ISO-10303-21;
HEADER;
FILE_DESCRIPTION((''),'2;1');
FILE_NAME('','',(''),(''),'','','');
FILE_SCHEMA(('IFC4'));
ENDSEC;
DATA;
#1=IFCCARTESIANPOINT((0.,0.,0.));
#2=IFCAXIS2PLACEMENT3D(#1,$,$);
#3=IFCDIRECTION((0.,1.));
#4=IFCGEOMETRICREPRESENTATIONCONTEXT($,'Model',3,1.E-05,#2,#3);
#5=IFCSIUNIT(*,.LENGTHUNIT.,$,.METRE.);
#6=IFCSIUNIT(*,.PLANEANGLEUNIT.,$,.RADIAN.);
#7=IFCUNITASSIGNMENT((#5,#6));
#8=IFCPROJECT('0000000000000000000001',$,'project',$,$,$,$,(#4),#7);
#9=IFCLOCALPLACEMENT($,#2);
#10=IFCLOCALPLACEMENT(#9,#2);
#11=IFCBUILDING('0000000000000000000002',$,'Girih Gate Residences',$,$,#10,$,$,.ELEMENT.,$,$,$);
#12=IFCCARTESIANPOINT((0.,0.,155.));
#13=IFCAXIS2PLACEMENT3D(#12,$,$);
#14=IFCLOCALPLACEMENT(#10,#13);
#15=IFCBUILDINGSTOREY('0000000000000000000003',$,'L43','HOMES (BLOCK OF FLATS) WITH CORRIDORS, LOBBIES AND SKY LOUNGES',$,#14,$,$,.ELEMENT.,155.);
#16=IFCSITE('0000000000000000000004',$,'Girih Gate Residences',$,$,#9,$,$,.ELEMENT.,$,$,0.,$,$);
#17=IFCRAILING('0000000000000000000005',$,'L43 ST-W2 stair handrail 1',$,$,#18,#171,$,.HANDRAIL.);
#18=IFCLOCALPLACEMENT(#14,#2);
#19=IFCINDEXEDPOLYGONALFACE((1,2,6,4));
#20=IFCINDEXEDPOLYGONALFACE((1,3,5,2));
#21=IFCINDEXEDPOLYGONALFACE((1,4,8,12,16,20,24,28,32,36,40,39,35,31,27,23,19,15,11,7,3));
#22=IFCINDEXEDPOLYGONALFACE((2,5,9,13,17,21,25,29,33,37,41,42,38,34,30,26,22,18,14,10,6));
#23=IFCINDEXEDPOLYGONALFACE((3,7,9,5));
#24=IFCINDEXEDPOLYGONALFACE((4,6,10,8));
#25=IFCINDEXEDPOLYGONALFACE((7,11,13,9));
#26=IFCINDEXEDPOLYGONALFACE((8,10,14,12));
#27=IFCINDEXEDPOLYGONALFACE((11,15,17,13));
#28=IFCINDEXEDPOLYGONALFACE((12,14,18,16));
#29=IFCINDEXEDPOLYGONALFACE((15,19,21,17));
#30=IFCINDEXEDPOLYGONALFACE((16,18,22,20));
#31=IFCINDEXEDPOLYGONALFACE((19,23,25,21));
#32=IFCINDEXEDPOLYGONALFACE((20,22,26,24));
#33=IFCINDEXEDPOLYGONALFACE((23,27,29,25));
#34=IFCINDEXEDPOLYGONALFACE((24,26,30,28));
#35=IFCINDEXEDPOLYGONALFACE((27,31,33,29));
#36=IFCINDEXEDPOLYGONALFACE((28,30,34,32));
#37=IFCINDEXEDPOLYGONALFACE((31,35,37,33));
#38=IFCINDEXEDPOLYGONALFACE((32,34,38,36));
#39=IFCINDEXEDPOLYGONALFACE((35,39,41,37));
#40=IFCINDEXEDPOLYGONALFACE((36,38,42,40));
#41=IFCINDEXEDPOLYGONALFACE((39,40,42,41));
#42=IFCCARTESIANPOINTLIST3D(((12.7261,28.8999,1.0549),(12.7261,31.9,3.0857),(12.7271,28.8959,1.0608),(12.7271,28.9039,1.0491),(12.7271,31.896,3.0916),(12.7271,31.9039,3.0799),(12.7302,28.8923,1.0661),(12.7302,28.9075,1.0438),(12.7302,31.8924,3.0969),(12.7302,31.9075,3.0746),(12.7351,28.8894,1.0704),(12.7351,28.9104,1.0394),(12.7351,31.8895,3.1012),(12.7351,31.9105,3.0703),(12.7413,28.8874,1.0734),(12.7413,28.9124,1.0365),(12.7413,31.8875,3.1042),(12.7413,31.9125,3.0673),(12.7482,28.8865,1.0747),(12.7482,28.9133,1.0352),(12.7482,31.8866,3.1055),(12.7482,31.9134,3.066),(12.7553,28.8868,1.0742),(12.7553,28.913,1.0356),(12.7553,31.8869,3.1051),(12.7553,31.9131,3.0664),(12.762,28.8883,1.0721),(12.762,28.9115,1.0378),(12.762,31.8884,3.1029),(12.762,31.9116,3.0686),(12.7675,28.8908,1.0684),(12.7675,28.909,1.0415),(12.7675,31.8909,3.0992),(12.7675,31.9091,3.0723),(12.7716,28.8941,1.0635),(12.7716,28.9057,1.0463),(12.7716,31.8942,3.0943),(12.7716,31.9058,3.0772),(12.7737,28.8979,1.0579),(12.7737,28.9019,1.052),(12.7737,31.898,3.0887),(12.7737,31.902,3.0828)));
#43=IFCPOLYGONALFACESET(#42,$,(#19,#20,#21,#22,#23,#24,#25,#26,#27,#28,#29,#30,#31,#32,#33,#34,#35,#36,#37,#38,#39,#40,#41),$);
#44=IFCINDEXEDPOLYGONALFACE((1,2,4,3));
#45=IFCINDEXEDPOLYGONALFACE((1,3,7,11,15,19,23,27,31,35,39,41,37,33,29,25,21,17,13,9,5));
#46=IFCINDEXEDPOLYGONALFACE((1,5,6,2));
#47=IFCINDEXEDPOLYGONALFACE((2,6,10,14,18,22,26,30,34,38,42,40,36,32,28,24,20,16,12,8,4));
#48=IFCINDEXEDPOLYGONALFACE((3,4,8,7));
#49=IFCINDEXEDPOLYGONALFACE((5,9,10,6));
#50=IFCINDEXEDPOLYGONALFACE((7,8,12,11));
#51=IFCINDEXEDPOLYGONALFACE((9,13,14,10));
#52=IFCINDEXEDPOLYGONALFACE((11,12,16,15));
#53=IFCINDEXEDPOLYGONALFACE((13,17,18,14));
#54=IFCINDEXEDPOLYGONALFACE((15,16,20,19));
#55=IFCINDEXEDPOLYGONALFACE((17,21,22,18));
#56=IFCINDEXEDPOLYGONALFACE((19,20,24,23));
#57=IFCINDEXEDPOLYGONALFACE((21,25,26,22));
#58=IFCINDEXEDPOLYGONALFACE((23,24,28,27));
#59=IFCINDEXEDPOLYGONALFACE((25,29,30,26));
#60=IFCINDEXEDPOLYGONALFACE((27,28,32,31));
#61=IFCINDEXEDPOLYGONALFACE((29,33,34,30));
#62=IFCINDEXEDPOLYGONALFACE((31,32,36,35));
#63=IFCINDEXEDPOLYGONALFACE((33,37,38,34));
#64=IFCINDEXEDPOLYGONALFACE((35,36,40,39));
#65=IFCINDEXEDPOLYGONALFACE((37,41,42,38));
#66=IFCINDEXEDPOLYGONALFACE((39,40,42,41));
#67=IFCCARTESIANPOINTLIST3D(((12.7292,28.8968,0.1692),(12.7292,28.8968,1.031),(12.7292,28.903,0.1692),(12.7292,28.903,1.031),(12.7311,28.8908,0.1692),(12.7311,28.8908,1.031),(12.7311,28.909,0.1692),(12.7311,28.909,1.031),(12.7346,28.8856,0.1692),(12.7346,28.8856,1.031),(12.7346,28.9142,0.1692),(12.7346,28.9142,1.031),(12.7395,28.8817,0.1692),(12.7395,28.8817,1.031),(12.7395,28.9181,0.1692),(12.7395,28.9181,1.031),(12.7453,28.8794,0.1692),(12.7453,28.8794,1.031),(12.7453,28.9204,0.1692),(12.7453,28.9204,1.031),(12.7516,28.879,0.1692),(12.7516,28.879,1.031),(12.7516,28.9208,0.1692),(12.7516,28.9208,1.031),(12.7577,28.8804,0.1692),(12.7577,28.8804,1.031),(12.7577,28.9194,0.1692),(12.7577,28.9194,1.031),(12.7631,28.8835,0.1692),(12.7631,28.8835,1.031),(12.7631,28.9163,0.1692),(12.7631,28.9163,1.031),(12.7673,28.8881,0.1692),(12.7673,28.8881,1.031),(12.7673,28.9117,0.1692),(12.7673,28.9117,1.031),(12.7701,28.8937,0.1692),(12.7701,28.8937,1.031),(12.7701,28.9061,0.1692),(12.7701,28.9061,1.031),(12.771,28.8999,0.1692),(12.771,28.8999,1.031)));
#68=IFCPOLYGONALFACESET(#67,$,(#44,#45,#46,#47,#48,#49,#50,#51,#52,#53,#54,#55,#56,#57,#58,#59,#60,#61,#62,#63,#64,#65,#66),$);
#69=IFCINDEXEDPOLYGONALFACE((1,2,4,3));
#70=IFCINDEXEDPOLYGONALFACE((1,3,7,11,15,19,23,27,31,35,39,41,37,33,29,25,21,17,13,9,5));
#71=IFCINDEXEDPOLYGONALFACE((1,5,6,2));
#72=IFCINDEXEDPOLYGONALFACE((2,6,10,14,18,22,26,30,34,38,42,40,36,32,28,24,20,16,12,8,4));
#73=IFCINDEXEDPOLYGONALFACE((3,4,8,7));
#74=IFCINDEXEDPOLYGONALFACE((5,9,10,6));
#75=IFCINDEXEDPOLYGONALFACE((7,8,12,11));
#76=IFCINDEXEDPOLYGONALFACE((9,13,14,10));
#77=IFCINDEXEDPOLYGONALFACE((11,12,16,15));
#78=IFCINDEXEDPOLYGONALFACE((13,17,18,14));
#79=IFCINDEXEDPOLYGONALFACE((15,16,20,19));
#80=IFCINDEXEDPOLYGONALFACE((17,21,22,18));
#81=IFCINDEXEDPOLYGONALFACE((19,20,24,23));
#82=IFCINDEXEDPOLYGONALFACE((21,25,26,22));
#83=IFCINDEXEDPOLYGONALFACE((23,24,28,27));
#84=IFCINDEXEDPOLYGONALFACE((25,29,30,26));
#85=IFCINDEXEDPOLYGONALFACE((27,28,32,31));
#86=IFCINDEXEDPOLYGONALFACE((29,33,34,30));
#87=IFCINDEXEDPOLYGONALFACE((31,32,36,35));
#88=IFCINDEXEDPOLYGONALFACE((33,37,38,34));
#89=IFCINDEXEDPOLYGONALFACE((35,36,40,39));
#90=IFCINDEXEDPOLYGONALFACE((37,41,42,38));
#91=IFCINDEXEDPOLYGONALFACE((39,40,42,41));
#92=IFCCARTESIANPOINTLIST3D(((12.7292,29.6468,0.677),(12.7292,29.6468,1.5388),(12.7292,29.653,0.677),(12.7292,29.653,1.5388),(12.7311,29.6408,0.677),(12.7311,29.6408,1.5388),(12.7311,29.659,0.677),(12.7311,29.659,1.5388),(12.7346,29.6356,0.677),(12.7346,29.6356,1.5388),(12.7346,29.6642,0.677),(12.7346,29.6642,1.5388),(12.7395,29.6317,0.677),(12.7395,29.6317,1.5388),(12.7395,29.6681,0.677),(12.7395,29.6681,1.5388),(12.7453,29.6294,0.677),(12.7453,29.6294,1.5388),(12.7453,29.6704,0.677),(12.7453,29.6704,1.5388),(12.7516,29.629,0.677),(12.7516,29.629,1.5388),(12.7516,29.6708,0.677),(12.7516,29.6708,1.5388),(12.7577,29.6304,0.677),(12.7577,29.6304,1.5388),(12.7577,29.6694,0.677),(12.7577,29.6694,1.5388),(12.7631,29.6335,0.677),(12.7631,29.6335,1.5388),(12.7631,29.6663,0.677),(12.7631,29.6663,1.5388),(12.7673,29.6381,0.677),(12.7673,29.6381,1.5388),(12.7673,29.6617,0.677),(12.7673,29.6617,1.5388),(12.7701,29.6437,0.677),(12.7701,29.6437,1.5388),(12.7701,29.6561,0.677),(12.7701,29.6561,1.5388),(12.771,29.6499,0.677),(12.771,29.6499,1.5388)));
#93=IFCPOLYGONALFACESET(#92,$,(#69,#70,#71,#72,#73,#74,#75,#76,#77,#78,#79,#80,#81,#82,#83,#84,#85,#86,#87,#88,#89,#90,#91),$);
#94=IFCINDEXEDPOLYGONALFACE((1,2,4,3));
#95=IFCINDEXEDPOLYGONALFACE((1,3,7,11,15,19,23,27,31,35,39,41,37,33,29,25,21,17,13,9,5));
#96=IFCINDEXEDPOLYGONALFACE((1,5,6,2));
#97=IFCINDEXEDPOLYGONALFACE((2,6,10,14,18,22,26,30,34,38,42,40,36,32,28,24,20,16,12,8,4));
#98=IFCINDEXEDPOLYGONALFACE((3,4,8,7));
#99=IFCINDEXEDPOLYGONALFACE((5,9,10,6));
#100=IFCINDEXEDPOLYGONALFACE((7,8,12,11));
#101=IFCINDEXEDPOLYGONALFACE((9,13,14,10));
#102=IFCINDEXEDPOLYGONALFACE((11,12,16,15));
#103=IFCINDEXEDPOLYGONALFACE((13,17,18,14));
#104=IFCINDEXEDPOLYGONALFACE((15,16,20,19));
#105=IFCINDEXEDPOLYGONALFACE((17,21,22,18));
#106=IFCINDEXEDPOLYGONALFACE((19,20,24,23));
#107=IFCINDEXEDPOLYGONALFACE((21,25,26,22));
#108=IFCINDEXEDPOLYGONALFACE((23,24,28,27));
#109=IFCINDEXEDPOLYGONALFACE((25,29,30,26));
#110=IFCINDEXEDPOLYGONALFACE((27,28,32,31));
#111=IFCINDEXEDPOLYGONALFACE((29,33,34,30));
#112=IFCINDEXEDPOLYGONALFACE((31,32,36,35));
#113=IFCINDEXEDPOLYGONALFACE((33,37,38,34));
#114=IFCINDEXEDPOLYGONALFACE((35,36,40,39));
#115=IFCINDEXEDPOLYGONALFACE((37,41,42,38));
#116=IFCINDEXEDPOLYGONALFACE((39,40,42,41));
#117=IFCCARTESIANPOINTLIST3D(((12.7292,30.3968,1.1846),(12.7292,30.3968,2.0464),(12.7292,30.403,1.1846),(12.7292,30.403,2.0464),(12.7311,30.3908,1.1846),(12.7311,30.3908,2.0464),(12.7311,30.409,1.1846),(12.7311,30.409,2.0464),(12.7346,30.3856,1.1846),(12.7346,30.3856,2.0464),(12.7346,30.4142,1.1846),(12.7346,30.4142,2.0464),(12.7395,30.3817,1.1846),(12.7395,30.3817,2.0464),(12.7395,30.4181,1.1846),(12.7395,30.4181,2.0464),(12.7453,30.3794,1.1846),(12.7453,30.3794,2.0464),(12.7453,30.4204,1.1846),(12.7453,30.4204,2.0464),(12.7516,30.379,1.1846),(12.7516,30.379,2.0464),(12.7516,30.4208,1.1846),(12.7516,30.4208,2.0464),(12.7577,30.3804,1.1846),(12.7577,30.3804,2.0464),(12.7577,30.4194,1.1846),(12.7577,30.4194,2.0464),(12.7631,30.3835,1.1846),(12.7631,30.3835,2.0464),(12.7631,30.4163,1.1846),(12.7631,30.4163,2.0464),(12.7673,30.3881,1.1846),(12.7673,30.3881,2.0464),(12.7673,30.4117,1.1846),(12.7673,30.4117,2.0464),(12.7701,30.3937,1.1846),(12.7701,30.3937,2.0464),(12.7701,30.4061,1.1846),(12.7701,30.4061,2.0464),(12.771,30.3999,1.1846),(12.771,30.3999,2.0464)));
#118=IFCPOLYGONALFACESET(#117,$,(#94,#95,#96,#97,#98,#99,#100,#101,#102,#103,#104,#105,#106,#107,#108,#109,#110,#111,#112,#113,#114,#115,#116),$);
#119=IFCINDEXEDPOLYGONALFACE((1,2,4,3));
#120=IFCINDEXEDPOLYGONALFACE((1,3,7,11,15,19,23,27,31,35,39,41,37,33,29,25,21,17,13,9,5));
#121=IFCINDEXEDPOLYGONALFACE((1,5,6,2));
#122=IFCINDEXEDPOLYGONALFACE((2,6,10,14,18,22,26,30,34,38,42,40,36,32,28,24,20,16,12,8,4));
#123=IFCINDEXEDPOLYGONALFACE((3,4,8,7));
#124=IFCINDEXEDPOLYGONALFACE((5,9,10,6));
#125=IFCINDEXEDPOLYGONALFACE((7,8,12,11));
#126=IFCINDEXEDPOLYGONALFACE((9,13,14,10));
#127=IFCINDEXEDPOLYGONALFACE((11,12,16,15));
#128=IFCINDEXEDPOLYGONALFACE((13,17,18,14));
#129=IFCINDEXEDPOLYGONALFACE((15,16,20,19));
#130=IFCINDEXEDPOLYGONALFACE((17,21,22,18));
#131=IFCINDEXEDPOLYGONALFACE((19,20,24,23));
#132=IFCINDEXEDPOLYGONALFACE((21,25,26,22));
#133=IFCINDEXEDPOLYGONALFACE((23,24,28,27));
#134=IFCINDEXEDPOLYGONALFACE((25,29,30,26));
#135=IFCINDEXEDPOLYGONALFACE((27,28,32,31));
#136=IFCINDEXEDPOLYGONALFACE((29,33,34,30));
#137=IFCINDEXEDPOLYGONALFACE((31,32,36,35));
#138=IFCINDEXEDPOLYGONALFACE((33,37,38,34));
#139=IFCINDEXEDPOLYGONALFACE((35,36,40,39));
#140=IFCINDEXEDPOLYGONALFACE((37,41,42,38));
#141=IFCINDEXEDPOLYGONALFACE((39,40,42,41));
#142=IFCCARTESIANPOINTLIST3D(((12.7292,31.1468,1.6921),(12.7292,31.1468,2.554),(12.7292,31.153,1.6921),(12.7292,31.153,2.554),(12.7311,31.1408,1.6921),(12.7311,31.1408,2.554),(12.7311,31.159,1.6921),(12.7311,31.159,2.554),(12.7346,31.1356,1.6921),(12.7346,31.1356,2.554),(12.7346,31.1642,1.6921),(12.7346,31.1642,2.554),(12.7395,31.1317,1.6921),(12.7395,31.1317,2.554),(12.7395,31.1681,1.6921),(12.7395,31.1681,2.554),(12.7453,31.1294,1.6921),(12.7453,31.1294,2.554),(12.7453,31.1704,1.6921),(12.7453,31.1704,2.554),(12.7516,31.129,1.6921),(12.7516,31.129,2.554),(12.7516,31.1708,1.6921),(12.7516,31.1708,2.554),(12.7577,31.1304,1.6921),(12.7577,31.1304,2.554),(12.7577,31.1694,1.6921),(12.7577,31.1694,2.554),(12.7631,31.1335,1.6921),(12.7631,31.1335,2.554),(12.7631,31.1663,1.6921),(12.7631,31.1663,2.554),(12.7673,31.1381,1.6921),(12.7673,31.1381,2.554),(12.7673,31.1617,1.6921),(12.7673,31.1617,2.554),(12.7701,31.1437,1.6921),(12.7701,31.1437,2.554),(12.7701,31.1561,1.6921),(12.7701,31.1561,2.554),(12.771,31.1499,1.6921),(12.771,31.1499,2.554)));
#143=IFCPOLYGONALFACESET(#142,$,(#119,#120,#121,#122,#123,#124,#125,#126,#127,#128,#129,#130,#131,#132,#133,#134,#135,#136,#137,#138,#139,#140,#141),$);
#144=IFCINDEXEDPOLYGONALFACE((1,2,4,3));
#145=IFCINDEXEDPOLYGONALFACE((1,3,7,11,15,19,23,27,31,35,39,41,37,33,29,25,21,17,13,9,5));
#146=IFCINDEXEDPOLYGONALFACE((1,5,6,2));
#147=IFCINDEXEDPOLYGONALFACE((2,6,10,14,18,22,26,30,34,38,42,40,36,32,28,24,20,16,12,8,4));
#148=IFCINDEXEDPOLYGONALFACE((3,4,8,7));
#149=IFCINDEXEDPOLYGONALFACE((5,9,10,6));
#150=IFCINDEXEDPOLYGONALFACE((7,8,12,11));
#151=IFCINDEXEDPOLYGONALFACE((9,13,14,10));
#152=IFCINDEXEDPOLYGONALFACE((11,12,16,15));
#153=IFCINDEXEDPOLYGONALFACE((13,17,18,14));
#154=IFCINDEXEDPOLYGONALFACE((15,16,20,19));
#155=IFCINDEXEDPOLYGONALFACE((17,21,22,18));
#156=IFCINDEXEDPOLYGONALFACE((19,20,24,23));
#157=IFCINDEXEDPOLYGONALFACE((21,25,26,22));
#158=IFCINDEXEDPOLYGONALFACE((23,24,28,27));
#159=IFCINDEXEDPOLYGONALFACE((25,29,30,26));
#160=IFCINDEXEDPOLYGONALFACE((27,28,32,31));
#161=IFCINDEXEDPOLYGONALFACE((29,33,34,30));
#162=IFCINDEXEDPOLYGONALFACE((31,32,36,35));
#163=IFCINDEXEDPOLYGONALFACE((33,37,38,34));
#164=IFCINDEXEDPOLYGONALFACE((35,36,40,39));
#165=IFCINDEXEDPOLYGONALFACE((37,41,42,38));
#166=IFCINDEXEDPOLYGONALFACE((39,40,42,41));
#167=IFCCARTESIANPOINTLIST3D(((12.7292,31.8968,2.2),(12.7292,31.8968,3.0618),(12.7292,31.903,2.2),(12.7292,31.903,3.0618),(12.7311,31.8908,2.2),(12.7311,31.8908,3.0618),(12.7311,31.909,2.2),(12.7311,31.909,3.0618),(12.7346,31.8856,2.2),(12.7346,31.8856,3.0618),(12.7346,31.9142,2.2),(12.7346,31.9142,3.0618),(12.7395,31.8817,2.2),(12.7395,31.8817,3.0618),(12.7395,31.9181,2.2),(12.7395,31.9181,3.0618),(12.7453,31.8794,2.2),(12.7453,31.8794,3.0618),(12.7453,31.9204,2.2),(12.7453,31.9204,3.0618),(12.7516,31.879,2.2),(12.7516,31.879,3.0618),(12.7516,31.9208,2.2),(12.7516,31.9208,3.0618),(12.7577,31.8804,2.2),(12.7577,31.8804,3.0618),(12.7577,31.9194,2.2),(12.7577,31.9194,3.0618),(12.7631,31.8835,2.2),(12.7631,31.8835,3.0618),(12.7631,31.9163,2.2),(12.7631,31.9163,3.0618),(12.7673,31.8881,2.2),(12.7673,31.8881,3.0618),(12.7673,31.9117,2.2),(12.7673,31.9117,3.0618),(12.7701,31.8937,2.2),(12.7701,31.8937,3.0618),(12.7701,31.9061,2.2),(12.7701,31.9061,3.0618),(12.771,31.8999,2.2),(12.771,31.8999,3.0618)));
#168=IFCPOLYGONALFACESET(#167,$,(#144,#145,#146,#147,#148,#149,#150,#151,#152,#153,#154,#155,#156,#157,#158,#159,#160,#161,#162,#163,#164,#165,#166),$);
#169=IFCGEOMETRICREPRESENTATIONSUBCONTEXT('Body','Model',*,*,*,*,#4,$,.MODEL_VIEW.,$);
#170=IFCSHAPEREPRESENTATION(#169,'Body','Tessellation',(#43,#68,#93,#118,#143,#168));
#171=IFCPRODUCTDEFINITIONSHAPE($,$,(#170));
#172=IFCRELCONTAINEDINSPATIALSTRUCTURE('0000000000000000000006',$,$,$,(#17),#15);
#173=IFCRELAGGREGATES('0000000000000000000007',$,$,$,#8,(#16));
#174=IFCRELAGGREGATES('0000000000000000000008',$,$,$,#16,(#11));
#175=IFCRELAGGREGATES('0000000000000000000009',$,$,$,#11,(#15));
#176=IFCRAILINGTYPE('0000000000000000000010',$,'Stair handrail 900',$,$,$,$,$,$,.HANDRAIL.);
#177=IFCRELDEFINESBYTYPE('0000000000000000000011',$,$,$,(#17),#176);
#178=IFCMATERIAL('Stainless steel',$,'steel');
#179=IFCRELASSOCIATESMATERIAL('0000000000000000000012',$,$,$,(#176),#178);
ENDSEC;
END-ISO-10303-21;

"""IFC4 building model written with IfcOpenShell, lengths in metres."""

from ifc_helpers import new_model, si_unit, direction, frame, origin, origin_2d, place, context, subcontext, project, spatial, circle, extrude, material, type_object, element, save


model = new_model("IFC4")

# Units and contexts
model_context = context("Model", 3, precision=1e-05, world=origin(), true_north=direction((0.0, 1.0)))
body_context = subcontext(model_context, "Body", "Model", "MODEL_VIEW")
ifc_project = project(units=[si_unit("LENGTHUNIT", "METRE"), si_unit("PLANEANGLEUNIT", "RADIAN")], contexts=[model_context])

# Site, building, storey
site_placement = place(None, origin())
site = spatial("IfcSite", under=ifc_project, at=site_placement, Name="Girih Gate Residences", CompositionType="ELEMENT", RefElevation=0.0)
building_placement = place(site_placement, origin())
building = spatial("IfcBuilding", under=site, at=building_placement, Name="Girih Gate Residences", CompositionType="ELEMENT")
storey_placement = place(building_placement, frame((0.0, 0.0, 155.0)))
storey = spatial("IfcBuildingStorey", under=building, at=storey_placement, Name="L43", Description="HOMES (BLOCK OF FLATS) WITH CORRIDORS, LOBBIES AND SKY LOUNGES", CompositionType="ELEMENT", Elevation=155.0)

# Railing
ifc_material_1 = material(Name="Stainless steel", Category="steel")
railing_type_1 = type_object("IfcRailingType", Name="Stair handrail 900", PredefinedType="HANDRAIL", material=ifc_material_1)
railing_1_placement = place(storey_placement, frame((12.75, 28.8999, 0.1692)))
element("IfcRailing", 1, at=railing_1_placement, inside=storey, type_object=railing_type_1, Name="L43 ST-W2 stair handrail 1", PredefinedType="HANDRAIL", context=body_context, shape_type="SweptSolid", body=[
    extrude(circle(Radius=0.0239, at=origin_2d()), frame((0.0, 0.0, 0.8857), z_axis=(0.0, 0.82811, 0.560565), x_axis=(-1.0, 0.0, 0.0)), (0.0, 0.0, 1.0), 3.6228),
    extrude(circle(Radius=0.021, at=origin_2d()), origin(), (0.0, 0.0, 1.0), 0.8618),
    extrude(circle(Radius=0.021, at=origin_2d()), frame((0.0, 0.75, 0.5078)), (0.0, 0.0, 1.0), 0.8618),
    extrude(circle(Radius=0.021, at=origin_2d()), frame((0.0, 1.5, 1.0154)), (0.0, 0.0, 1.0), 0.8618),
    extrude(circle(Radius=0.021, at=origin_2d()), frame((0.0, 2.25, 1.5229)), (0.0, 0.0, 1.0), 0.8618),
    extrude(circle(Radius=0.021, at=origin_2d()), frame((0.0, 3.0, 2.0308)), (0.0, 0.0, 1.0), 0.8618),
])

save(model, "model.ifc")
